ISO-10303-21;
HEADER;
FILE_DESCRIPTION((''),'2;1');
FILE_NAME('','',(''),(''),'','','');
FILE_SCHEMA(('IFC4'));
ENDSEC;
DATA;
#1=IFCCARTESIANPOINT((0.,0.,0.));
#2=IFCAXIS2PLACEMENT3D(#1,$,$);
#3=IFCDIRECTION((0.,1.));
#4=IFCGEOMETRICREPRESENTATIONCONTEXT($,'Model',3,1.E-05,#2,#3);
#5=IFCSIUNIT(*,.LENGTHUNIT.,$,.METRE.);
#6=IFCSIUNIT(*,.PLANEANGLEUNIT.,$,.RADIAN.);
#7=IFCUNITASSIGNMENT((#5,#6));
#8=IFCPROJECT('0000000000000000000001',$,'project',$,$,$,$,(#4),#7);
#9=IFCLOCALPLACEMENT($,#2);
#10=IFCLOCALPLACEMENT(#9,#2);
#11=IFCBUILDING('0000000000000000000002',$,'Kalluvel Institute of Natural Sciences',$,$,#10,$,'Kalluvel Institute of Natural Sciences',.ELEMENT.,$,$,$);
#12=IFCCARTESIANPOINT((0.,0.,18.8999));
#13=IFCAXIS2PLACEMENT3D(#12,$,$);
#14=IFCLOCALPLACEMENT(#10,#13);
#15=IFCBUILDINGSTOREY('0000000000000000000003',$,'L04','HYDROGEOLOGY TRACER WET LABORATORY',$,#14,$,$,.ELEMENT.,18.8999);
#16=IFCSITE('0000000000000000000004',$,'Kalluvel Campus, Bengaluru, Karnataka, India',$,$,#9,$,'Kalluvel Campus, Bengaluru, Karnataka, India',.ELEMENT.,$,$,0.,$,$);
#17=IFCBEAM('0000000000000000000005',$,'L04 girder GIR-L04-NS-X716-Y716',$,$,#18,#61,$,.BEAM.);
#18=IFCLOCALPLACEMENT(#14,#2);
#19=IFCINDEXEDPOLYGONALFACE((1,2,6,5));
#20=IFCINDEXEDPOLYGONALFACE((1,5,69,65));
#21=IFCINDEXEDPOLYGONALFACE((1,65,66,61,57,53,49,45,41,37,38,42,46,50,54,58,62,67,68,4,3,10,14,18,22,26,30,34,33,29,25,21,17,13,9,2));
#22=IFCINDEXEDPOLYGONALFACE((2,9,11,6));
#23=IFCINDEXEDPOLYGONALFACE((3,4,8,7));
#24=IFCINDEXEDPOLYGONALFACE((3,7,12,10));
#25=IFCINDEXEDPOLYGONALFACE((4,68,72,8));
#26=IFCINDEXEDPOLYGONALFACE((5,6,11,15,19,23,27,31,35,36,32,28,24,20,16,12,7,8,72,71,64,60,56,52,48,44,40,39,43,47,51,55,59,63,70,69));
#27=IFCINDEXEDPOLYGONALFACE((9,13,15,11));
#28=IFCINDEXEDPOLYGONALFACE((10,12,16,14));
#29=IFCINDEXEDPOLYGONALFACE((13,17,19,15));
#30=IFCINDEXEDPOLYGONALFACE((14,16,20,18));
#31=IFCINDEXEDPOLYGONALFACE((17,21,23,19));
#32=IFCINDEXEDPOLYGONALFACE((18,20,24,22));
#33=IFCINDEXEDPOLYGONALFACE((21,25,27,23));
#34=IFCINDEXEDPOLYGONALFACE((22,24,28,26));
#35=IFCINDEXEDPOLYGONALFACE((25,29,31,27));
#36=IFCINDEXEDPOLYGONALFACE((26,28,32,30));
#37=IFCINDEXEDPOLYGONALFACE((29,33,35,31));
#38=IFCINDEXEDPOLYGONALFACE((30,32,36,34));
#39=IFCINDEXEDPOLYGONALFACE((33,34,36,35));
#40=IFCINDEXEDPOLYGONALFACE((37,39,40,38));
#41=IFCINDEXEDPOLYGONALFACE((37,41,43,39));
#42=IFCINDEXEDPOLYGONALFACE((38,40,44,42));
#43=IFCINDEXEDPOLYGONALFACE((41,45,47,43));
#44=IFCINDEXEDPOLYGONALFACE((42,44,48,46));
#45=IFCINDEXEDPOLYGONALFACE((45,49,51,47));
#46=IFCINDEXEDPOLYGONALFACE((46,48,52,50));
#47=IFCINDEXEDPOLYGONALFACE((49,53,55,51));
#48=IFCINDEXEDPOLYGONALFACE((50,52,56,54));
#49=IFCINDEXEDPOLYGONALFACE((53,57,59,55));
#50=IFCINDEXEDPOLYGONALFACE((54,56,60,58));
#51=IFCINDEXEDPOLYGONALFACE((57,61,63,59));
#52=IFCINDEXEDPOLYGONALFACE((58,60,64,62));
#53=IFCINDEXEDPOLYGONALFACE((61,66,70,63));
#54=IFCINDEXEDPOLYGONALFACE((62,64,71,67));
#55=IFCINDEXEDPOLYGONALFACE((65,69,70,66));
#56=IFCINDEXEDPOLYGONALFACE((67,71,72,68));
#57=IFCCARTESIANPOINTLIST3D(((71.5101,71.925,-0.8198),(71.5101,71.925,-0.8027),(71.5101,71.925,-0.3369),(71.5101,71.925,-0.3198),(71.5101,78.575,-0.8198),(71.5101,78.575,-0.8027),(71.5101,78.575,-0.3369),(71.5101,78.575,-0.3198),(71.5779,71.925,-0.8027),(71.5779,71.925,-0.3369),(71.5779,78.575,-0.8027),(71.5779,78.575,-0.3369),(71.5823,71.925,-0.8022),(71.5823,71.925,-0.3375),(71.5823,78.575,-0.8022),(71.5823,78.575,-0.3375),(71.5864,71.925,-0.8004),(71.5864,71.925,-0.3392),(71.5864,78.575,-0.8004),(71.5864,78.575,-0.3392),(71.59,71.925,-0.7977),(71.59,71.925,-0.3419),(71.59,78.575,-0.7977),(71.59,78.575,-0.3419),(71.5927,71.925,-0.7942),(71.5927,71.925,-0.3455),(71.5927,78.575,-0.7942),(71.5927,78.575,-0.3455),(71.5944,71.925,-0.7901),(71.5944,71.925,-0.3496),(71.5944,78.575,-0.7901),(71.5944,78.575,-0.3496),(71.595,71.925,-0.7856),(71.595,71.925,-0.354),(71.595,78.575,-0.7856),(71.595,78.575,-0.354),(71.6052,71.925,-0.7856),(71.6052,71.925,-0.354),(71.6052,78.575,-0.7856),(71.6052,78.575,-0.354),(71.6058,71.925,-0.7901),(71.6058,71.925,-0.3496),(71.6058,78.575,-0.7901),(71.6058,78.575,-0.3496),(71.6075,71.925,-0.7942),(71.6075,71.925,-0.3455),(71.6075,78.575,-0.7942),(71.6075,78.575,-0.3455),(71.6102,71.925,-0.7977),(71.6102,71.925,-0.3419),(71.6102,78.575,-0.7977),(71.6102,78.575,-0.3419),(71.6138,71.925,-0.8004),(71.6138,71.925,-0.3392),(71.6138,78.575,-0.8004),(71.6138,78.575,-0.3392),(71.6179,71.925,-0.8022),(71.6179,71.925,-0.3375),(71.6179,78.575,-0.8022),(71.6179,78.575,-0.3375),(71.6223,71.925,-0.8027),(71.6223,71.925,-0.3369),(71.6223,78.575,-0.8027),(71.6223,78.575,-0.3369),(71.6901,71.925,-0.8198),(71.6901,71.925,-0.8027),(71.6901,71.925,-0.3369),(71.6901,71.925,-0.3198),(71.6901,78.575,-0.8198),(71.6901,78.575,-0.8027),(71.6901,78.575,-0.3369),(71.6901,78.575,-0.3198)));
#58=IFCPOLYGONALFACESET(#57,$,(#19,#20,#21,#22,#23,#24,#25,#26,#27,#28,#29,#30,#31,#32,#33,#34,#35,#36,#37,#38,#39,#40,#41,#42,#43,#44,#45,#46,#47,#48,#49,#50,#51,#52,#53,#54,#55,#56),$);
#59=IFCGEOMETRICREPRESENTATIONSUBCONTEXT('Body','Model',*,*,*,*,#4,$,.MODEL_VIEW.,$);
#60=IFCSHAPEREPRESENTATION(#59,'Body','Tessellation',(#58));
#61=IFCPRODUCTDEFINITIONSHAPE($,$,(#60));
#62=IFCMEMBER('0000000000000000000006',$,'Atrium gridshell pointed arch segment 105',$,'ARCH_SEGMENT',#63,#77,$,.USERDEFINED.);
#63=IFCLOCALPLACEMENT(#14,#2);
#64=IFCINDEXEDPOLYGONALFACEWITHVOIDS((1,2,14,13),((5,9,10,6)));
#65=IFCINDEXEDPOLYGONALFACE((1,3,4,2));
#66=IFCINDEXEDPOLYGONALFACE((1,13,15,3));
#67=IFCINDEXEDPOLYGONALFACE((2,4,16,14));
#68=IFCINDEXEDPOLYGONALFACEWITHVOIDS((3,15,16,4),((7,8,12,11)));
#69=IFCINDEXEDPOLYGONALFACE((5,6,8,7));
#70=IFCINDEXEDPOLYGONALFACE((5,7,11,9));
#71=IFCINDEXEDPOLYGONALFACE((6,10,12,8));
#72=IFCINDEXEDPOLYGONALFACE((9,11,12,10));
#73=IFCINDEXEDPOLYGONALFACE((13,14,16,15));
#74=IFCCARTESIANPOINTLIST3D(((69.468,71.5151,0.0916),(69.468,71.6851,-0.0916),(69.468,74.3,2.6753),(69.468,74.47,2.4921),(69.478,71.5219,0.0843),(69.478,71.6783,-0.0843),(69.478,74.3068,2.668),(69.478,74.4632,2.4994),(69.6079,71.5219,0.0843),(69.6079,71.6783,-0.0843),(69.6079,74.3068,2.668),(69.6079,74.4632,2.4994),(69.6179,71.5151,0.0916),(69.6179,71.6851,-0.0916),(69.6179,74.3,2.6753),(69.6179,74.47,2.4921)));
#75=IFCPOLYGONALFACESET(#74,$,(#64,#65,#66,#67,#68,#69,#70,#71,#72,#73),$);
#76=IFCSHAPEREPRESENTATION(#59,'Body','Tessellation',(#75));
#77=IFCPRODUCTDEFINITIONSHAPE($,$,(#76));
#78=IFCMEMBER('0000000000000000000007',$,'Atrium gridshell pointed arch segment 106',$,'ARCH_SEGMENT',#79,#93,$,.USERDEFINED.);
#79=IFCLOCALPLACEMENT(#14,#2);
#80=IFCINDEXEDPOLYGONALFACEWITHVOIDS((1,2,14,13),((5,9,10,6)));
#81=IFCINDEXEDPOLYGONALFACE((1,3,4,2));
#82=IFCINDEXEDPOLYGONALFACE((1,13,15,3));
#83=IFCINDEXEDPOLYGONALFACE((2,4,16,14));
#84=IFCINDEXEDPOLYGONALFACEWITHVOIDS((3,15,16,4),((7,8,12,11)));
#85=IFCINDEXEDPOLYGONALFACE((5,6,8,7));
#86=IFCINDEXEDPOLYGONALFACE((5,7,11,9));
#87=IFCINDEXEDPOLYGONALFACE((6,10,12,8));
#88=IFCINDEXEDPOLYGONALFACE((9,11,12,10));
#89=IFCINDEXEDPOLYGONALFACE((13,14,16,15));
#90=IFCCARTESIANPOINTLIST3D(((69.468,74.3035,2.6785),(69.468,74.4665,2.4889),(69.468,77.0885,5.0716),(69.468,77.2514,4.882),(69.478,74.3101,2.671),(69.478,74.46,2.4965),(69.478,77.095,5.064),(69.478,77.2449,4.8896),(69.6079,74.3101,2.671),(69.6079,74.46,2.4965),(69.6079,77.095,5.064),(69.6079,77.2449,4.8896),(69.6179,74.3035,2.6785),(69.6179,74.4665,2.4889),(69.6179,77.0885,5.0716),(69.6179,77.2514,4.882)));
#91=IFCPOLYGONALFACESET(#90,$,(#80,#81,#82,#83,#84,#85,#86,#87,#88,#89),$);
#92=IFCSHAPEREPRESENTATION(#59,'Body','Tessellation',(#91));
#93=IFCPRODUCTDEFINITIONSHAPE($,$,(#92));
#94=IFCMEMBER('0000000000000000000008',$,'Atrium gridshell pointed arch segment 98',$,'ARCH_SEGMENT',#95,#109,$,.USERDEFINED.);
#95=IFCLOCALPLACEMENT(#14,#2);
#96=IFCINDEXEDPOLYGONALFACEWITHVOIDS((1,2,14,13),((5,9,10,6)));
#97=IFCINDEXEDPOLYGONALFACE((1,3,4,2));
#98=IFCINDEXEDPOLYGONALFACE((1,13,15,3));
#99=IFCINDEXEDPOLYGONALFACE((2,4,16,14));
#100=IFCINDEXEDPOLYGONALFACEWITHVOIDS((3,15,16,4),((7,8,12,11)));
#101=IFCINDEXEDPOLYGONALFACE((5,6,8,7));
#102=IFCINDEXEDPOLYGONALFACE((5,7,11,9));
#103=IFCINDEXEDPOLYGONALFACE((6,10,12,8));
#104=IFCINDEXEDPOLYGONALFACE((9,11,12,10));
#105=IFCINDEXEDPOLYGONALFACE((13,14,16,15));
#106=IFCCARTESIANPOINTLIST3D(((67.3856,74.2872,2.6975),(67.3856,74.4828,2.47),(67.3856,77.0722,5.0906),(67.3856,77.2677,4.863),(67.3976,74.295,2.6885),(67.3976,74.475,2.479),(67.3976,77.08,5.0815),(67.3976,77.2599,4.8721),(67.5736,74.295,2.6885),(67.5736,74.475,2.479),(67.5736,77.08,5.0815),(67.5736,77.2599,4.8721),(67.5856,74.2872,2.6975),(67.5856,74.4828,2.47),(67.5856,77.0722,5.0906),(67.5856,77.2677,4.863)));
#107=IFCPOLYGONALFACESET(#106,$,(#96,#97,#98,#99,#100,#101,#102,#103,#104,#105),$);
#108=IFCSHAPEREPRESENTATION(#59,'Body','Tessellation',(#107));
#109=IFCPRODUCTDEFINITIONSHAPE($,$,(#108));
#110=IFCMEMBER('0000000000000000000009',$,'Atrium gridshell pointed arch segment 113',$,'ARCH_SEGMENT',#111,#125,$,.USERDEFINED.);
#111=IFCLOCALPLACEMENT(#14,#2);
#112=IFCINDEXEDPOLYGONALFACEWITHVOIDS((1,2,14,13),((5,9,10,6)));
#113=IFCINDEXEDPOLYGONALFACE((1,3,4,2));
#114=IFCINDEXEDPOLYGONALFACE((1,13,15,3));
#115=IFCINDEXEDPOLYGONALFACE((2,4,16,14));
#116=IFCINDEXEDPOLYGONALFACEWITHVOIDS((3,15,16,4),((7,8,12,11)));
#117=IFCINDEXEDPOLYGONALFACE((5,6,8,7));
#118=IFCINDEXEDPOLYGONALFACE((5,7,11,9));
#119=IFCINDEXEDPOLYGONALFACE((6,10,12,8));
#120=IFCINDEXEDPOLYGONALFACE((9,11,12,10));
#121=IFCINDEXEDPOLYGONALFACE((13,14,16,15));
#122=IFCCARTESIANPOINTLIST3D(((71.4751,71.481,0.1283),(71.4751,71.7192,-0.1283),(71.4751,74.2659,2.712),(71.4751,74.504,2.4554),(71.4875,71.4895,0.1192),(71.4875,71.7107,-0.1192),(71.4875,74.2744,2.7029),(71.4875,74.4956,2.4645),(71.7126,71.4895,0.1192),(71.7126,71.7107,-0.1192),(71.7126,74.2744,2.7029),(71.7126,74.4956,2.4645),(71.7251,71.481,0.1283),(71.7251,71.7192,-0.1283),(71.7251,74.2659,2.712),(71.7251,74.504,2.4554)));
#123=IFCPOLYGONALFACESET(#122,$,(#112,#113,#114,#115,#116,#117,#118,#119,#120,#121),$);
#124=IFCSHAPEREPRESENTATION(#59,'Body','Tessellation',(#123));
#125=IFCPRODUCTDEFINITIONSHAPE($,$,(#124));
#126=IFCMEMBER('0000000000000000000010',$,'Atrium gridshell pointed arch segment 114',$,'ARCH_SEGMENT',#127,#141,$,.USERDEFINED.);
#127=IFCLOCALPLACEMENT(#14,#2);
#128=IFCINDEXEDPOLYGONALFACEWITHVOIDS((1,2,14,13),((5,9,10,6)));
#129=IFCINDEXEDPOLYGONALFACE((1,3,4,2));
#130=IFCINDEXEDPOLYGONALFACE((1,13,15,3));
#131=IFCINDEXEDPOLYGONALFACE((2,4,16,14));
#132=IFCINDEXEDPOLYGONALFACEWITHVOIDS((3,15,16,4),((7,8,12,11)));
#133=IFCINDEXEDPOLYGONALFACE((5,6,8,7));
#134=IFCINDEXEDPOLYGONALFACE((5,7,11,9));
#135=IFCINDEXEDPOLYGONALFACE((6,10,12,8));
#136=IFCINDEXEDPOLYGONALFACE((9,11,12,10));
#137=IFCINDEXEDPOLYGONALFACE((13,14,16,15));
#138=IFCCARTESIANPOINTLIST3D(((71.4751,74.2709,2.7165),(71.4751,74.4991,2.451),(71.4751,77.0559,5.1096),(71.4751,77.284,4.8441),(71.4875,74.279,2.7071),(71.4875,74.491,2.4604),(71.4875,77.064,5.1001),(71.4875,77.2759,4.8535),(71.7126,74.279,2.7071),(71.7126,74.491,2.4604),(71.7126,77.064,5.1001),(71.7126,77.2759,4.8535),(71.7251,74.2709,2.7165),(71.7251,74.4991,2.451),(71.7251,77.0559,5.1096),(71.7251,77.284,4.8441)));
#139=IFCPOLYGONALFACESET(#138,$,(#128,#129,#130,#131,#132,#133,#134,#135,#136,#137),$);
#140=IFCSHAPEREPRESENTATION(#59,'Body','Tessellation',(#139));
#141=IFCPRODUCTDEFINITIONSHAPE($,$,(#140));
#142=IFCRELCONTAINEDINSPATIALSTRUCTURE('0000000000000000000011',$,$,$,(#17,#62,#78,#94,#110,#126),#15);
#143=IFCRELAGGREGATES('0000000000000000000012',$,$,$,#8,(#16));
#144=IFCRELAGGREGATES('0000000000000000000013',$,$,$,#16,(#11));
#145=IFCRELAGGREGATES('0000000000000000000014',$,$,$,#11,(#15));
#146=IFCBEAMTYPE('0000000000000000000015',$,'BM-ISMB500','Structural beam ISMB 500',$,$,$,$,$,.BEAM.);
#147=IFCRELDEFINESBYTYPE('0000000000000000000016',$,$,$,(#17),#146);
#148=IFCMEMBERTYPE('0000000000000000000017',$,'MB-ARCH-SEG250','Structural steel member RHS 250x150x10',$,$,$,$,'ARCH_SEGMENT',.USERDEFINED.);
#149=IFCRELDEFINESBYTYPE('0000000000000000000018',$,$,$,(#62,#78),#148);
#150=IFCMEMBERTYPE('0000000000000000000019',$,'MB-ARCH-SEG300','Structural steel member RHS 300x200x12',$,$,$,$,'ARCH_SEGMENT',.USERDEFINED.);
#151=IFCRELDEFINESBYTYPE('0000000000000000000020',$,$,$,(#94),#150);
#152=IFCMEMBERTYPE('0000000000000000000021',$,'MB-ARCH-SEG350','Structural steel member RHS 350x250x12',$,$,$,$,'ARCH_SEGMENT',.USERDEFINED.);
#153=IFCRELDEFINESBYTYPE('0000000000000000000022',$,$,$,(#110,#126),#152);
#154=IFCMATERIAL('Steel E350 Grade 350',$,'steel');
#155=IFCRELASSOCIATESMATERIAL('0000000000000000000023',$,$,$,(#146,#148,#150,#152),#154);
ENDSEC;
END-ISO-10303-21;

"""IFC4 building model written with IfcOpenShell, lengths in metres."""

from ifc_helpers import new_model, si_unit, direction, frame, origin, origin_2d, place, context, subcontext, project, spatial, hollow_rectangle, i_section, extrude, material, material_profile, profile_set, type_object, element, save


model = new_model("IFC4")

# Units and contexts
model_context = context("Model", 3, precision=1e-05, world=origin(), true_north=direction((0.0, 1.0)))
body_context = subcontext(model_context, "Body", "Model", "MODEL_VIEW")
ifc_project = project(units=[si_unit("LENGTHUNIT", "METRE"), si_unit("PLANEANGLEUNIT", "RADIAN")], contexts=[model_context])

# Site, building, storey
site_placement = place(None, origin())
site = spatial("IfcSite", under=ifc_project, at=site_placement, Name="Kalluvel Campus, Bengaluru, Karnataka, India", LongName="Kalluvel Campus, Bengaluru, Karnataka, India", CompositionType="ELEMENT", RefElevation=0.0)
building_placement = place(site_placement, origin())
building = spatial("IfcBuilding", under=site, at=building_placement, Name="Kalluvel Institute of Natural Sciences", LongName="Kalluvel Institute of Natural Sciences", CompositionType="ELEMENT")
storey_placement = place(building_placement, frame((0.0, 0.0, 18.8999)))
storey = spatial("IfcBuildingStorey", under=building, at=storey_placement, Name="L04", Description="HYDROGEOLOGY TRACER WET LABORATORY", CompositionType="ELEMENT", Elevation=18.8999)

# Beam
ifc_material_1 = material(Name="Steel E350 Grade 350", Category="steel")
ifc_material_profile_1 = material_profile(ifc_material_1, i_section(OverallWidth=0.1799, OverallDepth=0.5, WebThickness=0.0103, FlangeThickness=0.0171, FilletRadius=0.0171, at=origin_2d()), Name="ISMB 500")
ifc_profile_set_1 = profile_set([ifc_material_profile_1], Name="Steel E350 Grade 350")
beam_type = type_object("IfcBeamType", Name="BM-ISMB500", Description="Structural beam ISMB 500", PredefinedType="BEAM", material=ifc_profile_set_1)
beam_placement = place(storey_placement, frame((71.6001, 71.925, -0.5698), z_axis=(0.0, 1.0, 0.0), x_axis=(-1.0, 0.0, 0.0)))
element("IfcBeam", 1, at=beam_placement, inside=storey, type_object=beam_type, Name="L04 girder GIR-L04-NS-X716-Y716", PredefinedType="BEAM", context=body_context, shape_type="SweptSolid", body=[
    extrude(i_section(OverallWidth=0.1799, OverallDepth=0.5, WebThickness=0.0103, FlangeThickness=0.0171, FilletRadius=0.0171, at=origin_2d()), origin(), (0.0, 0.0, 1.0), 6.6499),
])

# Members
ifc_material_profile_2 = material_profile(ifc_material_1, hollow_rectangle(XDim=0.1499, YDim=0.25, WallThickness=0.01, at=origin_2d()), Name="RHS 250x150x10")
ifc_profile_set_2 = profile_set([ifc_material_profile_2], Name="Steel E350 Grade 350")
member_type_1 = type_object("IfcMemberType", Name="MB-ARCH-SEG250", Description="Structural steel member RHS 250x150x10", ElementType="ARCH_SEGMENT", PredefinedType="USERDEFINED", material=ifc_profile_set_2)
member_1_placement = place(storey_placement, frame((69.543, 71.6001, 0.0), z_axis=(0.0, 0.733089, 0.680133), x_axis=(-1.0, 0.0, 0.0)))
element("IfcMember", 2, at=member_1_placement, inside=storey, type_object=member_type_1, Name="Atrium gridshell pointed arch segment 105", ObjectType="ARCH_SEGMENT", PredefinedType="USERDEFINED", context=body_context, shape_type="SweptSolid", body=[
    extrude(hollow_rectangle(XDim=0.1499, YDim=0.25, WallThickness=0.01, at=origin_2d()), origin(), (0.0, 0.0, 1.0), 3.7988),
])
member_2_placement = place(storey_placement, frame((69.543, 74.385, 2.5837), z_axis=(0.0, 0.758449, 0.651733), x_axis=(-1.0, 0.0, 0.0)))
element("IfcMember", 3, at=member_2_placement, inside=storey, type_object=member_type_1, Name="Atrium gridshell pointed arch segment 106", ObjectType="ARCH_SEGMENT", PredefinedType="USERDEFINED", context=body_context, shape_type="SweptSolid", body=[
    extrude(hollow_rectangle(XDim=0.1499, YDim=0.25, WallThickness=0.01, at=origin_2d()), origin(), (0.0, 0.0, 1.0), 3.6719),
])
ifc_material_profile_3 = material_profile(ifc_material_1, hollow_rectangle(XDim=0.2, YDim=0.3, WallThickness=0.012, at=origin_2d()), Name="RHS 300x200x12")
ifc_profile_set_3 = profile_set([ifc_material_profile_3], Name="Steel E350 Grade 350")
member_type_2 = type_object("IfcMemberType", Name="MB-ARCH-SEG300", Description="Structural steel member RHS 300x200x12", ElementType="ARCH_SEGMENT", PredefinedType="USERDEFINED", material=ifc_profile_set_3)
member_3_placement = place(storey_placement, frame((67.4856, 74.385, 2.5837), z_axis=(0.0, 0.758449, 0.651733), x_axis=(-1.0, 0.0, 0.0)))
element("IfcMember", 4, at=member_3_placement, inside=storey, type_object=member_type_2, Name="Atrium gridshell pointed arch segment 98", ObjectType="ARCH_SEGMENT", PredefinedType="USERDEFINED", context=body_context, shape_type="SweptSolid", body=[
    extrude(hollow_rectangle(XDim=0.2, YDim=0.3, WallThickness=0.012, at=origin_2d()), origin(), (0.0, 0.0, 1.0), 3.6719),
])
ifc_material_profile_4 = material_profile(ifc_material_1, hollow_rectangle(XDim=0.25, YDim=0.3501, WallThickness=0.0125, at=origin_2d()), Name="RHS 350x250x12")
ifc_profile_set_4 = profile_set([ifc_material_profile_4], Name="Steel E350 Grade 350")
member_type_3 = type_object("IfcMemberType", Name="MB-ARCH-SEG350", Description="Structural steel member RHS 350x250x12", ElementType="ARCH_SEGMENT", PredefinedType="USERDEFINED", material=ifc_profile_set_4)
member_4_placement = place(storey_placement, frame((71.6001, 71.6001, 0.0), z_axis=(0.0, 0.733089, 0.680133), x_axis=(-1.0, 0.0, 0.0)))
element("IfcMember", 5, at=member_4_placement, inside=storey, type_object=member_type_3, Name="Atrium gridshell pointed arch segment 113", ObjectType="ARCH_SEGMENT", PredefinedType="USERDEFINED", context=body_context, shape_type="SweptSolid", body=[
    extrude(hollow_rectangle(XDim=0.25, YDim=0.3501, WallThickness=0.0125, at=origin_2d()), origin(), (0.0, 0.0, 1.0), 3.7988),
])
member_5_placement = place(storey_placement, frame((71.6001, 74.385, 2.5837), z_axis=(0.0, 0.758449, 0.651733), x_axis=(-1.0, 0.0, 0.0)))
element("IfcMember", 6, at=member_5_placement, inside=storey, type_object=member_type_3, Name="Atrium gridshell pointed arch segment 114", ObjectType="ARCH_SEGMENT", PredefinedType="USERDEFINED", context=body_context, shape_type="SweptSolid", body=[
    extrude(hollow_rectangle(XDim=0.25, YDim=0.3501, WallThickness=0.0125, at=origin_2d()), origin(), (0.0, 0.0, 1.0), 3.6719),
])

save(model, "model.ifc")
